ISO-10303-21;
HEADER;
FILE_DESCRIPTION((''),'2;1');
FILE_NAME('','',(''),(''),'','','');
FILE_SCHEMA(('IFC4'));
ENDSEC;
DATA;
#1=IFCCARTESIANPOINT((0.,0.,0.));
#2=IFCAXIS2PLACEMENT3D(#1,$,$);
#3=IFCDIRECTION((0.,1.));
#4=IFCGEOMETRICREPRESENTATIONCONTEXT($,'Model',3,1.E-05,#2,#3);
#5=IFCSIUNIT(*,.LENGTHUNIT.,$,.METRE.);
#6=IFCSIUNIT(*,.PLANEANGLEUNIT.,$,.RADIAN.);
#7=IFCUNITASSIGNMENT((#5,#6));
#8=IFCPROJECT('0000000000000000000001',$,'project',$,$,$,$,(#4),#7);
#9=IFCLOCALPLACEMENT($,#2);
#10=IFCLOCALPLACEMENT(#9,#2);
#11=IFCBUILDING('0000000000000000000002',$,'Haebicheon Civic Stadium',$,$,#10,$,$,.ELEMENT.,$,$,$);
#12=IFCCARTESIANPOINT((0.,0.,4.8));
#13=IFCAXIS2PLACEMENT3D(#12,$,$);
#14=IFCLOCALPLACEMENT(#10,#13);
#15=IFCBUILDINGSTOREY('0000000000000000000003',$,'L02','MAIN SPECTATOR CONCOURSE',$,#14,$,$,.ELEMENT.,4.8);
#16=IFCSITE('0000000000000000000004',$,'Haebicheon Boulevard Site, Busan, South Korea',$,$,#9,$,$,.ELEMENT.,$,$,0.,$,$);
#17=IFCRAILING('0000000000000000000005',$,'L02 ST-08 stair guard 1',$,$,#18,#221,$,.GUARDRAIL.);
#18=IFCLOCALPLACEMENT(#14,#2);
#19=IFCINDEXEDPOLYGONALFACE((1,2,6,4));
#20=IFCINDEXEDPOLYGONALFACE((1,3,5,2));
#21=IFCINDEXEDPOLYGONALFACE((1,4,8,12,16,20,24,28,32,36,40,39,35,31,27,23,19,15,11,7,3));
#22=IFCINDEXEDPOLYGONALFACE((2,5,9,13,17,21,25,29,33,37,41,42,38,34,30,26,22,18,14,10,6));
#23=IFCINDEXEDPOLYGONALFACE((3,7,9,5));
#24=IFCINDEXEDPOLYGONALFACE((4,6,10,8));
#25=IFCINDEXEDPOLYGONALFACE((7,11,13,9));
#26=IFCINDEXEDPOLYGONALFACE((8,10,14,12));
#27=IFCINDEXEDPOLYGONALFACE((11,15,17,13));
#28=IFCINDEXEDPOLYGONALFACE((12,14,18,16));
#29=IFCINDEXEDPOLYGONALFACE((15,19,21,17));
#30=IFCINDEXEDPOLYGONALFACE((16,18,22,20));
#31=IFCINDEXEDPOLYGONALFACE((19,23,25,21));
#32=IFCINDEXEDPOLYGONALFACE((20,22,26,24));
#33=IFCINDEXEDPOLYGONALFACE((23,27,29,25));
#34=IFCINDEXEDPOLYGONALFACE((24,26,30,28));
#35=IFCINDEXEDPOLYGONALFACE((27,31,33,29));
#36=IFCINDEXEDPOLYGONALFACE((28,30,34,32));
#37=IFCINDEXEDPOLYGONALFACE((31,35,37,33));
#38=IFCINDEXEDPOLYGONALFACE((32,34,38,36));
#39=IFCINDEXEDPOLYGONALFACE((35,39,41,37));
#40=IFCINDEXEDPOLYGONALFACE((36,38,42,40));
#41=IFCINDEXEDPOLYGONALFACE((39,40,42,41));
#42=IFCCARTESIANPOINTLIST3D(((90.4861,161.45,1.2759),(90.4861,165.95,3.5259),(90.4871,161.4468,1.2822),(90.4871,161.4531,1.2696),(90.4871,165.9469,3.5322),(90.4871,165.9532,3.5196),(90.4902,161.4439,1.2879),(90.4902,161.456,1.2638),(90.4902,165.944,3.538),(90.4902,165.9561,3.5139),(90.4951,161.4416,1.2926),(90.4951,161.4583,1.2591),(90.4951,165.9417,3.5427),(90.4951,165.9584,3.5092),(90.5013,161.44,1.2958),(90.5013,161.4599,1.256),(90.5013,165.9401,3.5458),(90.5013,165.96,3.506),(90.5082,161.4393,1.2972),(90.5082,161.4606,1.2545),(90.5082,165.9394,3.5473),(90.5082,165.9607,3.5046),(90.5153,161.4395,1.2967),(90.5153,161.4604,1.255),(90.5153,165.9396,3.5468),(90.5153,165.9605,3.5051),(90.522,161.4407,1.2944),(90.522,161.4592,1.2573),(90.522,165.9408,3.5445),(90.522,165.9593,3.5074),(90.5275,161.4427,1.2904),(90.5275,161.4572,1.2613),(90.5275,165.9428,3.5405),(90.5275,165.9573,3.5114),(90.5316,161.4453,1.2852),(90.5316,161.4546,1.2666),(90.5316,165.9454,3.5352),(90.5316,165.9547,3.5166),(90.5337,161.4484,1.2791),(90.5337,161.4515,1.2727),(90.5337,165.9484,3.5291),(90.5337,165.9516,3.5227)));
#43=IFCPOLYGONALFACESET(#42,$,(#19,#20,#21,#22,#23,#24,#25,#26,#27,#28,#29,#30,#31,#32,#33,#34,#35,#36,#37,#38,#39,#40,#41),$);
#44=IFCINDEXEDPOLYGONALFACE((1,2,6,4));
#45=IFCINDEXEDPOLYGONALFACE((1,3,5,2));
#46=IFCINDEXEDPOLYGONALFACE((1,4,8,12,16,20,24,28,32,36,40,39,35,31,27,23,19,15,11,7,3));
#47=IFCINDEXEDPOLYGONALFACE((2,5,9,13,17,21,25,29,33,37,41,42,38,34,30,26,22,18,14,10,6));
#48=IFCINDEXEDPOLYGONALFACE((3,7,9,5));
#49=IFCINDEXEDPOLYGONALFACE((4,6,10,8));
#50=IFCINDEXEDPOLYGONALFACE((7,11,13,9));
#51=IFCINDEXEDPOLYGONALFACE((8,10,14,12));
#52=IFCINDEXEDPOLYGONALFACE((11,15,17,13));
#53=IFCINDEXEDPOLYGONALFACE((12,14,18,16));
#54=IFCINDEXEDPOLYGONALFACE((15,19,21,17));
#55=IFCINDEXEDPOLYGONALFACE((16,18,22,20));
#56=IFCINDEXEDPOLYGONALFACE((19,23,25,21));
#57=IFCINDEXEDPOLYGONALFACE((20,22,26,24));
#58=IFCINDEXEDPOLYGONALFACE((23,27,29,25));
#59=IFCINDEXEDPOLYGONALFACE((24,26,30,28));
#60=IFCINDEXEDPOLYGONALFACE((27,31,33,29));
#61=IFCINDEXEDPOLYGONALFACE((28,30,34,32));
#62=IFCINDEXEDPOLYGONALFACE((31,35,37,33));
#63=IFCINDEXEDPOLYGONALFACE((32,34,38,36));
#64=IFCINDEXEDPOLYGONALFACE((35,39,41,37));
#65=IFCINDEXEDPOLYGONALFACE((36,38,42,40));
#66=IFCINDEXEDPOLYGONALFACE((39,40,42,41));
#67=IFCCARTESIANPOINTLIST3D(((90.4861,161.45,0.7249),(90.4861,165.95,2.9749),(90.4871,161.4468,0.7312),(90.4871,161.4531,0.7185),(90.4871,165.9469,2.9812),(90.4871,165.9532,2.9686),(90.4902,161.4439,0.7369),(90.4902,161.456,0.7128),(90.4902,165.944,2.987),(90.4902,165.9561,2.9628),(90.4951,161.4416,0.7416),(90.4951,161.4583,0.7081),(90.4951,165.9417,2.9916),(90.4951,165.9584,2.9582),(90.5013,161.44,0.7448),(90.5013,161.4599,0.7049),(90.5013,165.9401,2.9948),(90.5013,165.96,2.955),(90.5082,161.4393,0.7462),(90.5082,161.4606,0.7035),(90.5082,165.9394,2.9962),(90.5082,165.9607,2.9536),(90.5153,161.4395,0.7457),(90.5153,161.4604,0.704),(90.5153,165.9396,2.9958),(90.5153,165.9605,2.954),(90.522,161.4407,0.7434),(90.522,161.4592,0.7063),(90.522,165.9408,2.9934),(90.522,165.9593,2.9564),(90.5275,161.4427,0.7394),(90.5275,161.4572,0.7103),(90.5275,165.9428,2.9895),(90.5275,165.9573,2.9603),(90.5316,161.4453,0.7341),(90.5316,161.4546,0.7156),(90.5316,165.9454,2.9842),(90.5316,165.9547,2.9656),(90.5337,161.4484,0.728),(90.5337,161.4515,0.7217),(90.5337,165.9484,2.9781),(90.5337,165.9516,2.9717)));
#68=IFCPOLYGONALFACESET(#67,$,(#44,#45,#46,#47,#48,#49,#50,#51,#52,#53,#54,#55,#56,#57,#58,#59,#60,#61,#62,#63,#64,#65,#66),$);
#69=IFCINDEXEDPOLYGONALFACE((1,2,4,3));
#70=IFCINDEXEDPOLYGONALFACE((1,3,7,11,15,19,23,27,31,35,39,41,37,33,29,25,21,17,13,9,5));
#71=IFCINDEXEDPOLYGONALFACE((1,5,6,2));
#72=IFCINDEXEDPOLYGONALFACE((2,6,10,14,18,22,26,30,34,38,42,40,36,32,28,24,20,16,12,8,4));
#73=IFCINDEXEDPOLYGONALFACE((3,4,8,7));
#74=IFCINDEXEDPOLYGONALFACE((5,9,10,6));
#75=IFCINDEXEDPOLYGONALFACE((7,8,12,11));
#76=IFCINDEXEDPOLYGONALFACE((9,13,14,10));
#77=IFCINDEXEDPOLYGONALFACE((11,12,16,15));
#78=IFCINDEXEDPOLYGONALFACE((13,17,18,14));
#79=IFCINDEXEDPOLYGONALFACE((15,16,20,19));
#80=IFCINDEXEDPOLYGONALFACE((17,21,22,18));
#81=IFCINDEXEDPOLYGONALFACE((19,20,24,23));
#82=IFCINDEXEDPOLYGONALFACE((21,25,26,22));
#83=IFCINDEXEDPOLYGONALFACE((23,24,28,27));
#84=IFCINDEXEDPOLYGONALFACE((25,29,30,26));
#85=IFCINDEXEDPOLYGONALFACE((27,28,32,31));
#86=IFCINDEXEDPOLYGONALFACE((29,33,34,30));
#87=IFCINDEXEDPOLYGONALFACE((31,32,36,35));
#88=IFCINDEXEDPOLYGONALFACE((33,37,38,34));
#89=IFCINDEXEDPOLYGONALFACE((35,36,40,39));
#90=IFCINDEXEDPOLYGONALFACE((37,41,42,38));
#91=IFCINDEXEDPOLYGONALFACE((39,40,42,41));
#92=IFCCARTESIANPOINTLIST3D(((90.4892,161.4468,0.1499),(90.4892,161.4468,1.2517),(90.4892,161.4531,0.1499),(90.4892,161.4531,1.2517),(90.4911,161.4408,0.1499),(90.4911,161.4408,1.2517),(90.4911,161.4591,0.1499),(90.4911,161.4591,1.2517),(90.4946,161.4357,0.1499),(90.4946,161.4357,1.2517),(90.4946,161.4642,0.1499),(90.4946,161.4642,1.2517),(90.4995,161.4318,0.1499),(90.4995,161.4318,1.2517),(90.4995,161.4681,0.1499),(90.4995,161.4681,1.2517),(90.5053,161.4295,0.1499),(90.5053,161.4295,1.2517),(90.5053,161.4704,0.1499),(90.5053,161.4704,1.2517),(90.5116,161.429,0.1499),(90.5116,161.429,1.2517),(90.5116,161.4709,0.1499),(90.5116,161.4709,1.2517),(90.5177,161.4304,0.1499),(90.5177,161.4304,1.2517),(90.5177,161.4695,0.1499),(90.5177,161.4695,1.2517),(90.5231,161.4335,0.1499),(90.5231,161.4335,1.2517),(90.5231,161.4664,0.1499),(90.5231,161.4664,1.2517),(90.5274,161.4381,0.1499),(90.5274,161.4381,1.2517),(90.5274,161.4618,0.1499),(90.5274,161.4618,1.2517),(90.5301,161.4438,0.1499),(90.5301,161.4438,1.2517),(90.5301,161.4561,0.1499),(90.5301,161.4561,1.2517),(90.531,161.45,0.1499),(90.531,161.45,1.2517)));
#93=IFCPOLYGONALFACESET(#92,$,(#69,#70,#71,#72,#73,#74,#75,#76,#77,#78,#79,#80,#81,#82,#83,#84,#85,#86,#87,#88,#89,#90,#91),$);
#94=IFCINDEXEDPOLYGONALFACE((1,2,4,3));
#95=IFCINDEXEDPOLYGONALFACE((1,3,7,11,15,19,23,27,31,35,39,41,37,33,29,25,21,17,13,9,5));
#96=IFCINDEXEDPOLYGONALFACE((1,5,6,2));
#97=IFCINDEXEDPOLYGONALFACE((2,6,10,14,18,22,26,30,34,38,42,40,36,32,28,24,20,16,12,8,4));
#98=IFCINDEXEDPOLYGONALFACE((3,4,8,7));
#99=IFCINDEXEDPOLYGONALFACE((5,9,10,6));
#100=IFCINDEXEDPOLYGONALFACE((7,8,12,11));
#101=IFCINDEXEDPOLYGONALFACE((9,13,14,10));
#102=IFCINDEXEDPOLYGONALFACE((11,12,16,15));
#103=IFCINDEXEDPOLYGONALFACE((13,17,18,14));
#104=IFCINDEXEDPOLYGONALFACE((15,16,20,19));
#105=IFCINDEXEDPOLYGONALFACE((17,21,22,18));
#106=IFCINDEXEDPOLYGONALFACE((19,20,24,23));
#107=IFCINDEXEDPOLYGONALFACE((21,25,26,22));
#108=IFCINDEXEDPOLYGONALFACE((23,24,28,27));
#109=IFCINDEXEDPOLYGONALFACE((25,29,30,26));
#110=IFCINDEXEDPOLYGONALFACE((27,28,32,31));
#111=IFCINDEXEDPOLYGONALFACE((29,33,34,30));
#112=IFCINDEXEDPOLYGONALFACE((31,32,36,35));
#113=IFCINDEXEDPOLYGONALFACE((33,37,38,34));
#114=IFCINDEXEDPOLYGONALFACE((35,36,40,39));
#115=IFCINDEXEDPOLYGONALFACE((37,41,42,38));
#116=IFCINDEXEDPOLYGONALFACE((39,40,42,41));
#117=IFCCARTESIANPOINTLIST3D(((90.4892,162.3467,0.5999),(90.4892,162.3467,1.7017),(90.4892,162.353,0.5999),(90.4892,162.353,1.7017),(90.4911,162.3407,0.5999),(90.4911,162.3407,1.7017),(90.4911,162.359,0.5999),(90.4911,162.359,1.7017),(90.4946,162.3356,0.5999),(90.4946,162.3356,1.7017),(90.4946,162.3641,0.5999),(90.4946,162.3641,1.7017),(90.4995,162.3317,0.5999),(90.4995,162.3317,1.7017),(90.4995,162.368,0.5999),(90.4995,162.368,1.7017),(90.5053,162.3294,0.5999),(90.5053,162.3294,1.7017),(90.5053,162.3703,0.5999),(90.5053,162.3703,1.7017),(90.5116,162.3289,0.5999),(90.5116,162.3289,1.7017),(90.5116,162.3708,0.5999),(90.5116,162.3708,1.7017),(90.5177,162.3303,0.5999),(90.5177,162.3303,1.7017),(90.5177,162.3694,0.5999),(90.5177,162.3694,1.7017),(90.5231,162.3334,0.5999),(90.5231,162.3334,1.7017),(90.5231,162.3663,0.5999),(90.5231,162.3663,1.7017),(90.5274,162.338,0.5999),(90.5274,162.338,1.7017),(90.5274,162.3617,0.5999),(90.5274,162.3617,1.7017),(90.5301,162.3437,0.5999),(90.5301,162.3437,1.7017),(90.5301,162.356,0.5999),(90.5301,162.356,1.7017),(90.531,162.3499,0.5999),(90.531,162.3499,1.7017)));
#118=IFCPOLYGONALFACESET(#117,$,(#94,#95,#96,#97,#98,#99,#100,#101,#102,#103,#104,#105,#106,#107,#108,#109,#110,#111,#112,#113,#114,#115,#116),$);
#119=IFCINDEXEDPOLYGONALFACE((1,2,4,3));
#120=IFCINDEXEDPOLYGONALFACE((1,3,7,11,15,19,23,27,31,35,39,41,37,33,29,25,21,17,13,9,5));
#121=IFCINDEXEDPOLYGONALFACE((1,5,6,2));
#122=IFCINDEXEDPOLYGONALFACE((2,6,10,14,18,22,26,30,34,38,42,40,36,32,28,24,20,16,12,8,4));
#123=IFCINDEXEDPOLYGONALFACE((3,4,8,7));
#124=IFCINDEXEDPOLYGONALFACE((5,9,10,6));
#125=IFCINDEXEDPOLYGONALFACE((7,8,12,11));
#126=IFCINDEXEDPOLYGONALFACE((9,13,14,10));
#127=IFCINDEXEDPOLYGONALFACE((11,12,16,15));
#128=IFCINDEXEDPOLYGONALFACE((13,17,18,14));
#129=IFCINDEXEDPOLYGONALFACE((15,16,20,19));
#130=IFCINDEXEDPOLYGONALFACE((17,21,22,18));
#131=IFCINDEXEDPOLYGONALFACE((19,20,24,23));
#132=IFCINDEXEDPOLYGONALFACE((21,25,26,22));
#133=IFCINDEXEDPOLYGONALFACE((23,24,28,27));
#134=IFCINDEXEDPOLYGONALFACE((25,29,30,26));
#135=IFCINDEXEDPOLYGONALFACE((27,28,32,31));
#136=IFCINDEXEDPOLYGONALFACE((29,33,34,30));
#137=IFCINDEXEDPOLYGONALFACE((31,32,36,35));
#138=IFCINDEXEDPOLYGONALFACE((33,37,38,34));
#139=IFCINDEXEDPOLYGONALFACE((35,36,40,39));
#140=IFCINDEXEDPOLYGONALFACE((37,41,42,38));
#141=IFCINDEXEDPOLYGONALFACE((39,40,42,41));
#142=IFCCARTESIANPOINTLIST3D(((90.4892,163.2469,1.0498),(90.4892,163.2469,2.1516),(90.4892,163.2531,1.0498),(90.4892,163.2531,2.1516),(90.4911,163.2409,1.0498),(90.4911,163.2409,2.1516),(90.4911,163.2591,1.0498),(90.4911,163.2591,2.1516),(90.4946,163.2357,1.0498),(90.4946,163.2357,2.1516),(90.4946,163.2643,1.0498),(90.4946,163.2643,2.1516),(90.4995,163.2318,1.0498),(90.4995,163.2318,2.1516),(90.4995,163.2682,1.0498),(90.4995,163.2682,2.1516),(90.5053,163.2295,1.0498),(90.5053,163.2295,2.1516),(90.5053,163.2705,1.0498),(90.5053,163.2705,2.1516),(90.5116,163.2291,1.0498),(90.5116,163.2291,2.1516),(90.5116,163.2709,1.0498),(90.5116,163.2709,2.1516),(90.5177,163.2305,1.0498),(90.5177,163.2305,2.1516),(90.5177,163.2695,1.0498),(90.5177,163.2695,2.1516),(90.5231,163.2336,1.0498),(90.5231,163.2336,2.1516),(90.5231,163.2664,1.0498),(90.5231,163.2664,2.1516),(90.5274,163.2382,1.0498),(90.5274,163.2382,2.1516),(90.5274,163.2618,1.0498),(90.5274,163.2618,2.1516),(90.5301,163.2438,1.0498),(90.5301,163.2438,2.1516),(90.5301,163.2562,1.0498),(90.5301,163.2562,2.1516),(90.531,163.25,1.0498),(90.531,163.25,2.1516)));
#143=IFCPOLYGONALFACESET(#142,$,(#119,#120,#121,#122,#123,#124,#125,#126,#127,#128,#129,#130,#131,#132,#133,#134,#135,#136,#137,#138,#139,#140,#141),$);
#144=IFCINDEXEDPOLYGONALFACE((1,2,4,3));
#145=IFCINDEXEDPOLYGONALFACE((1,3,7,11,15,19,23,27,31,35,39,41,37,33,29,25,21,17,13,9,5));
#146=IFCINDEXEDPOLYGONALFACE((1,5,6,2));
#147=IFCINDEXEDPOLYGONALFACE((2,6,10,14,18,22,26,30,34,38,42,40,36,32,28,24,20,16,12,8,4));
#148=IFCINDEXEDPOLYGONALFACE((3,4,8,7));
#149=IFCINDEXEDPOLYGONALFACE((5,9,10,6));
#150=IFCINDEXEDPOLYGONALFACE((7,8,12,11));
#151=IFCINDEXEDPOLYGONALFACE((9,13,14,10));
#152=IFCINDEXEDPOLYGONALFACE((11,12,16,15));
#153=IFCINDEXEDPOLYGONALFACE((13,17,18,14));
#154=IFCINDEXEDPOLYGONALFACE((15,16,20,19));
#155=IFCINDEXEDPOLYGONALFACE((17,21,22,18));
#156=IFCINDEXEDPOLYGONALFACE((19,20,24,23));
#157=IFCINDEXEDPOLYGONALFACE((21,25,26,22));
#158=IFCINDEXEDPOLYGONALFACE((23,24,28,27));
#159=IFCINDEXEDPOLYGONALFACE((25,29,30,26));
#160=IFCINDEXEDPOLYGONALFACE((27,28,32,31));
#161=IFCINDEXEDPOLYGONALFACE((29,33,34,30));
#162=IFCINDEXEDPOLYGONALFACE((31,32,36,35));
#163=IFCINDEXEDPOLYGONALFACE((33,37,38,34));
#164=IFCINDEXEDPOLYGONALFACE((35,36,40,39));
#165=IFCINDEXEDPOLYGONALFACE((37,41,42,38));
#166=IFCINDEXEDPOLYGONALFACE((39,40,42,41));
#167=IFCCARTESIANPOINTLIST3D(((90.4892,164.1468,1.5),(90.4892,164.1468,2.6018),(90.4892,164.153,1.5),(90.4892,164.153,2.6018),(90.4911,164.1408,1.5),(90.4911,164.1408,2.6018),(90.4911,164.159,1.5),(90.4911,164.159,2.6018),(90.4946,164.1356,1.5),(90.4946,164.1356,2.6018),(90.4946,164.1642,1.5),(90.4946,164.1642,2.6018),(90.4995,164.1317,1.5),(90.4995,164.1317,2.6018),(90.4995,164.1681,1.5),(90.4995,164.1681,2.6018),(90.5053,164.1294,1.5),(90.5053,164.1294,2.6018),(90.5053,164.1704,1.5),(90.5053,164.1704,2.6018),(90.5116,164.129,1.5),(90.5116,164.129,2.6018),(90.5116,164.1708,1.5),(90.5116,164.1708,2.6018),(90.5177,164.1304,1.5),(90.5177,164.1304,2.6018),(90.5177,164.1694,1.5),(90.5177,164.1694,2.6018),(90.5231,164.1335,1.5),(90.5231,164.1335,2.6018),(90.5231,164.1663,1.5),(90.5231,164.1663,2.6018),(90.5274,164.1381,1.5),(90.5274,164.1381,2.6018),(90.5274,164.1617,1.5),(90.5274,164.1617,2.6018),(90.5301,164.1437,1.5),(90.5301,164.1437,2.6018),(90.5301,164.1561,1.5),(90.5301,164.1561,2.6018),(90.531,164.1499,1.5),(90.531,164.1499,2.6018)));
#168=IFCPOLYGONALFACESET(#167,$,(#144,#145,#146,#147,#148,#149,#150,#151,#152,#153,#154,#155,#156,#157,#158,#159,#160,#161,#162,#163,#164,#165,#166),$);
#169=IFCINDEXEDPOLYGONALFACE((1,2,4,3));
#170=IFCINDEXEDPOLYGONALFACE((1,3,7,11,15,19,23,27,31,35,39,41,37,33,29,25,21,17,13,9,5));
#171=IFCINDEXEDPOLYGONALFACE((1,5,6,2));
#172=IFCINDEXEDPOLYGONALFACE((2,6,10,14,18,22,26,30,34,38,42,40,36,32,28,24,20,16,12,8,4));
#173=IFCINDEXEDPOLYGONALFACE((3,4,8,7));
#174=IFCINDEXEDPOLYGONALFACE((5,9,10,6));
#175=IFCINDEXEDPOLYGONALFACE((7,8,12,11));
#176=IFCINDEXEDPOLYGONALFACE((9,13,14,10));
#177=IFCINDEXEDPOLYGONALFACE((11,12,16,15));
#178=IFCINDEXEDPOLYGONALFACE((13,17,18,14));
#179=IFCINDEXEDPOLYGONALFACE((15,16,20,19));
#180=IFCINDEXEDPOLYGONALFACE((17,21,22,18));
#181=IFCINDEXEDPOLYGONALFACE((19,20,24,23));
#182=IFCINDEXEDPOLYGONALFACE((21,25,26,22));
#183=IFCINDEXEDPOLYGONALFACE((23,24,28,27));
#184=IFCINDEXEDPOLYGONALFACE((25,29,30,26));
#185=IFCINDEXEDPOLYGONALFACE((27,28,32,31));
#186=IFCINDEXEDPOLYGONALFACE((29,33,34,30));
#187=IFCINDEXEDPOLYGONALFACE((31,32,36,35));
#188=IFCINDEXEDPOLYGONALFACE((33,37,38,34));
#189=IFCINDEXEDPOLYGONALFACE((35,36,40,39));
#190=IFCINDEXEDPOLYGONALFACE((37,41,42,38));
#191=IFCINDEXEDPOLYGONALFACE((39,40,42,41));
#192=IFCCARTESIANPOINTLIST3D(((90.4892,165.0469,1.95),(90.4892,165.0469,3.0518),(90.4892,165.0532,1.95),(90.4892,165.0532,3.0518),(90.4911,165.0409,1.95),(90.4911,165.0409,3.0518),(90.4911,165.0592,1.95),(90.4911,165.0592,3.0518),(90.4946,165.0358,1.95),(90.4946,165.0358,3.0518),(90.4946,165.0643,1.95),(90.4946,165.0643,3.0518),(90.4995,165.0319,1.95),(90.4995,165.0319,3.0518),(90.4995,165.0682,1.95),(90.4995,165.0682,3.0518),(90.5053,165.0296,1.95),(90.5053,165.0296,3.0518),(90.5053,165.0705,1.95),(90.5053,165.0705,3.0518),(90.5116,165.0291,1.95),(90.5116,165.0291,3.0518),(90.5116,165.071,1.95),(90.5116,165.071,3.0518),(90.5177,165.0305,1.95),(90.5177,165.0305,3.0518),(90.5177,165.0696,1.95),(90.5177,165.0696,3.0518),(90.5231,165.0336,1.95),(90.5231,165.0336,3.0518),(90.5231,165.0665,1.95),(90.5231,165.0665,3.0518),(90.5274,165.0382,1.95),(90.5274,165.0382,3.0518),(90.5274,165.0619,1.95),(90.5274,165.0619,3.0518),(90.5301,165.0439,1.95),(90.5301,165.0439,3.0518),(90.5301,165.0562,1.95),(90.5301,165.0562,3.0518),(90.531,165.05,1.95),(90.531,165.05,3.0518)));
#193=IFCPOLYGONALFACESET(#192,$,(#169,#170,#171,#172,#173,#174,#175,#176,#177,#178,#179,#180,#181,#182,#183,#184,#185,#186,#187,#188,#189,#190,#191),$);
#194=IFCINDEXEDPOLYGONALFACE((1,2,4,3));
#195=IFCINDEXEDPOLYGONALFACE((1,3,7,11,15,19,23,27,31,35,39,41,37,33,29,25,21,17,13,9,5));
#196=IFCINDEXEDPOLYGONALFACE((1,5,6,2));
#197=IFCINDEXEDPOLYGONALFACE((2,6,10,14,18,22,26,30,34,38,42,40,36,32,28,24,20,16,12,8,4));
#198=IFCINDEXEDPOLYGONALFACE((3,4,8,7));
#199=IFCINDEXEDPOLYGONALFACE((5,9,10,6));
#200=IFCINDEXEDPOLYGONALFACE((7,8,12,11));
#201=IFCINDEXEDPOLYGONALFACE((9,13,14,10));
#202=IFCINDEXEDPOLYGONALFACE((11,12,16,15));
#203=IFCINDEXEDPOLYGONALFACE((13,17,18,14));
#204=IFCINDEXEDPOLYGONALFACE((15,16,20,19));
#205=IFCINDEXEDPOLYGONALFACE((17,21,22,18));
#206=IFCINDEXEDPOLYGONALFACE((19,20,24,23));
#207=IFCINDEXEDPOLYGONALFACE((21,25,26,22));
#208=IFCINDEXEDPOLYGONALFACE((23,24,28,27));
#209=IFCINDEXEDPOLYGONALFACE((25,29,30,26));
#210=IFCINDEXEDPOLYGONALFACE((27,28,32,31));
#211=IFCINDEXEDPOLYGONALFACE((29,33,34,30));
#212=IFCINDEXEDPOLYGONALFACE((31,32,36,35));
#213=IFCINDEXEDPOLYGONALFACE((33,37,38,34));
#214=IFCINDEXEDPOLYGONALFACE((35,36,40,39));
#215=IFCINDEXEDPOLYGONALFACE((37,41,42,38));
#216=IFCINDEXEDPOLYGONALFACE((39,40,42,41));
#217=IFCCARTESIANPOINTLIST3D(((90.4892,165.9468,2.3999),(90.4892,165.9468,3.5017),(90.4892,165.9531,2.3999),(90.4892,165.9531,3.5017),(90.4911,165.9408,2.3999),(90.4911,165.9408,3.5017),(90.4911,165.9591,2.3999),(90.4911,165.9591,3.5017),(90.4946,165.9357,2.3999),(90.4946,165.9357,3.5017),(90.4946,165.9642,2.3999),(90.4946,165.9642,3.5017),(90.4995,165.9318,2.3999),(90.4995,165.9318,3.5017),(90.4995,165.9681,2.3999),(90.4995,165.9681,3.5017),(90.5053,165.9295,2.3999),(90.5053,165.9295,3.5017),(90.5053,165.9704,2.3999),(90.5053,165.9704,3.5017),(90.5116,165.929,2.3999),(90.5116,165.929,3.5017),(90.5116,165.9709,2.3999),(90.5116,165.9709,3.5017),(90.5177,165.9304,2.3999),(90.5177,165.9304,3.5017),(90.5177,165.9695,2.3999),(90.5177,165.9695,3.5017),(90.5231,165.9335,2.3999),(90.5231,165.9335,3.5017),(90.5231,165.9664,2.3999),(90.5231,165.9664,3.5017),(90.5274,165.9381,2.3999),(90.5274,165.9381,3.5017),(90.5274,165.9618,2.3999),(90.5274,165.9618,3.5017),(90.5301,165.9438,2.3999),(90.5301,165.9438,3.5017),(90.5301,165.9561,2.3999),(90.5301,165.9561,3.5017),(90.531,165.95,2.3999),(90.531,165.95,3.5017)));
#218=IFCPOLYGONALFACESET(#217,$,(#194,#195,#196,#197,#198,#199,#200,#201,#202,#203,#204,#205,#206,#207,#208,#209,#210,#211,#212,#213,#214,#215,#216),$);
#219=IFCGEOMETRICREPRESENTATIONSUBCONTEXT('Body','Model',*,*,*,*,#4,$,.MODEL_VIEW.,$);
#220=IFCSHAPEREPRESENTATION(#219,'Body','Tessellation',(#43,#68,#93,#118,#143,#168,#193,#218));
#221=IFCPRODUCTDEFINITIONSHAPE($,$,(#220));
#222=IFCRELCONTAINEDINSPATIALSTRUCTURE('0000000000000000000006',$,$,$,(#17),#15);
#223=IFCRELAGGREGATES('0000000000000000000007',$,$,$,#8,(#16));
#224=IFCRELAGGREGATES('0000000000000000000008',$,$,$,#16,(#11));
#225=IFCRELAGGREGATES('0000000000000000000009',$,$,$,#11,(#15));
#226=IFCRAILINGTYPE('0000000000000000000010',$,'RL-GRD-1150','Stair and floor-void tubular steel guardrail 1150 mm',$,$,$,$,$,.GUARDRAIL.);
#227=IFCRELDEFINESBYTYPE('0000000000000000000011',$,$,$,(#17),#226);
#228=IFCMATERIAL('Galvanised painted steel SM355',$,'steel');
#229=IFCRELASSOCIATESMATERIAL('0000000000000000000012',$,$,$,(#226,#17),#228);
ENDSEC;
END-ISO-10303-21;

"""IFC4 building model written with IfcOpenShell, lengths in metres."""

from ifc_helpers import new_model, si_unit, direction, frame, origin, origin_2d, place, context, subcontext, project, spatial, circle, extrude, material, type_object, element, save


model = new_model("IFC4")

# Units and contexts
model_context = context("Model", 3, precision=1e-05, world=origin(), true_north=direction((0.0, 1.0)))
body_context = subcontext(model_context, "Body", "Model", "MODEL_VIEW")
ifc_project = project(units=[si_unit("LENGTHUNIT", "METRE"), si_unit("PLANEANGLEUNIT", "RADIAN")], contexts=[model_context])

# Site, building, storey
site_placement = place(None, origin())
site = spatial("IfcSite", under=ifc_project, at=site_placement, Name="Haebicheon Boulevard Site, Busan, South Korea", CompositionType="ELEMENT", RefElevation=0.0)
building_placement = place(site_placement, origin())
building = spatial("IfcBuilding", under=site, at=building_placement, Name="Haebicheon Civic Stadium", CompositionType="ELEMENT")
storey_placement = place(building_placement, frame((0.0, 0.0, 4.8)))
storey = spatial("IfcBuildingStorey", under=building, at=storey_placement, Name="L02", Description="MAIN SPECTATOR CONCOURSE", CompositionType="ELEMENT", Elevation=4.8)

# Railing
ifc_material_1 = material(Name="Galvanised painted steel SM355", Category="steel")
railing_type_1 = type_object("IfcRailingType", Name="RL-GRD-1150", Description="Stair and floor-void tubular steel guardrail 1150 mm", PredefinedType="GUARDRAIL", material=ifc_material_1)
railing_1_placement = place(storey_placement, frame((90.51, 161.45, 0.1499)))
element("IfcRailing", 1, at=railing_1_placement, inside=storey, type_object=railing_type_1, material=ifc_material_1, Name="L02 ST-08 stair guard 1", PredefinedType="GUARDRAIL", context=body_context, shape_type="SweptSolid", body=[
    extrude(circle(Radius=0.0239, at=origin_2d()), frame((0.0, 0.0, 1.126), z_axis=(0.0, 0.894427, 0.447214), x_axis=(-1.0, 0.0, 0.0)), (0.0, 0.0, 1.0), 5.0312),
    extrude(circle(Radius=0.0239, at=origin_2d()), frame((0.0, 0.0, 0.575), z_axis=(0.0, 0.894427, 0.447214), x_axis=(-1.0, 0.0, 0.0)), (0.0, 0.0, 1.0), 5.0312),
    extrude(circle(Radius=0.021, at=origin_2d()), origin(), (0.0, 0.0, 1.0), 1.1018),
    extrude(circle(Radius=0.021, at=origin_2d()), frame((0.0, 0.8999, 0.45)), (0.0, 0.0, 1.0), 1.1018),
    extrude(circle(Radius=0.021, at=origin_2d()), frame((0.0, 1.8, 0.8999)), (0.0, 0.0, 1.0), 1.1018),
    extrude(circle(Radius=0.021, at=origin_2d()), frame((0.0, 2.7, 1.3501)), (0.0, 0.0, 1.0), 1.1018),
    extrude(circle(Radius=0.021, at=origin_2d()), frame((0.0, 3.6001, 1.8)), (0.0, 0.0, 1.0), 1.1018),
    extrude(circle(Radius=0.021, at=origin_2d()), frame((0.0, 4.5, 2.25)), (0.0, 0.0, 1.0), 1.1018),
])

save(model, "model.ifc")
